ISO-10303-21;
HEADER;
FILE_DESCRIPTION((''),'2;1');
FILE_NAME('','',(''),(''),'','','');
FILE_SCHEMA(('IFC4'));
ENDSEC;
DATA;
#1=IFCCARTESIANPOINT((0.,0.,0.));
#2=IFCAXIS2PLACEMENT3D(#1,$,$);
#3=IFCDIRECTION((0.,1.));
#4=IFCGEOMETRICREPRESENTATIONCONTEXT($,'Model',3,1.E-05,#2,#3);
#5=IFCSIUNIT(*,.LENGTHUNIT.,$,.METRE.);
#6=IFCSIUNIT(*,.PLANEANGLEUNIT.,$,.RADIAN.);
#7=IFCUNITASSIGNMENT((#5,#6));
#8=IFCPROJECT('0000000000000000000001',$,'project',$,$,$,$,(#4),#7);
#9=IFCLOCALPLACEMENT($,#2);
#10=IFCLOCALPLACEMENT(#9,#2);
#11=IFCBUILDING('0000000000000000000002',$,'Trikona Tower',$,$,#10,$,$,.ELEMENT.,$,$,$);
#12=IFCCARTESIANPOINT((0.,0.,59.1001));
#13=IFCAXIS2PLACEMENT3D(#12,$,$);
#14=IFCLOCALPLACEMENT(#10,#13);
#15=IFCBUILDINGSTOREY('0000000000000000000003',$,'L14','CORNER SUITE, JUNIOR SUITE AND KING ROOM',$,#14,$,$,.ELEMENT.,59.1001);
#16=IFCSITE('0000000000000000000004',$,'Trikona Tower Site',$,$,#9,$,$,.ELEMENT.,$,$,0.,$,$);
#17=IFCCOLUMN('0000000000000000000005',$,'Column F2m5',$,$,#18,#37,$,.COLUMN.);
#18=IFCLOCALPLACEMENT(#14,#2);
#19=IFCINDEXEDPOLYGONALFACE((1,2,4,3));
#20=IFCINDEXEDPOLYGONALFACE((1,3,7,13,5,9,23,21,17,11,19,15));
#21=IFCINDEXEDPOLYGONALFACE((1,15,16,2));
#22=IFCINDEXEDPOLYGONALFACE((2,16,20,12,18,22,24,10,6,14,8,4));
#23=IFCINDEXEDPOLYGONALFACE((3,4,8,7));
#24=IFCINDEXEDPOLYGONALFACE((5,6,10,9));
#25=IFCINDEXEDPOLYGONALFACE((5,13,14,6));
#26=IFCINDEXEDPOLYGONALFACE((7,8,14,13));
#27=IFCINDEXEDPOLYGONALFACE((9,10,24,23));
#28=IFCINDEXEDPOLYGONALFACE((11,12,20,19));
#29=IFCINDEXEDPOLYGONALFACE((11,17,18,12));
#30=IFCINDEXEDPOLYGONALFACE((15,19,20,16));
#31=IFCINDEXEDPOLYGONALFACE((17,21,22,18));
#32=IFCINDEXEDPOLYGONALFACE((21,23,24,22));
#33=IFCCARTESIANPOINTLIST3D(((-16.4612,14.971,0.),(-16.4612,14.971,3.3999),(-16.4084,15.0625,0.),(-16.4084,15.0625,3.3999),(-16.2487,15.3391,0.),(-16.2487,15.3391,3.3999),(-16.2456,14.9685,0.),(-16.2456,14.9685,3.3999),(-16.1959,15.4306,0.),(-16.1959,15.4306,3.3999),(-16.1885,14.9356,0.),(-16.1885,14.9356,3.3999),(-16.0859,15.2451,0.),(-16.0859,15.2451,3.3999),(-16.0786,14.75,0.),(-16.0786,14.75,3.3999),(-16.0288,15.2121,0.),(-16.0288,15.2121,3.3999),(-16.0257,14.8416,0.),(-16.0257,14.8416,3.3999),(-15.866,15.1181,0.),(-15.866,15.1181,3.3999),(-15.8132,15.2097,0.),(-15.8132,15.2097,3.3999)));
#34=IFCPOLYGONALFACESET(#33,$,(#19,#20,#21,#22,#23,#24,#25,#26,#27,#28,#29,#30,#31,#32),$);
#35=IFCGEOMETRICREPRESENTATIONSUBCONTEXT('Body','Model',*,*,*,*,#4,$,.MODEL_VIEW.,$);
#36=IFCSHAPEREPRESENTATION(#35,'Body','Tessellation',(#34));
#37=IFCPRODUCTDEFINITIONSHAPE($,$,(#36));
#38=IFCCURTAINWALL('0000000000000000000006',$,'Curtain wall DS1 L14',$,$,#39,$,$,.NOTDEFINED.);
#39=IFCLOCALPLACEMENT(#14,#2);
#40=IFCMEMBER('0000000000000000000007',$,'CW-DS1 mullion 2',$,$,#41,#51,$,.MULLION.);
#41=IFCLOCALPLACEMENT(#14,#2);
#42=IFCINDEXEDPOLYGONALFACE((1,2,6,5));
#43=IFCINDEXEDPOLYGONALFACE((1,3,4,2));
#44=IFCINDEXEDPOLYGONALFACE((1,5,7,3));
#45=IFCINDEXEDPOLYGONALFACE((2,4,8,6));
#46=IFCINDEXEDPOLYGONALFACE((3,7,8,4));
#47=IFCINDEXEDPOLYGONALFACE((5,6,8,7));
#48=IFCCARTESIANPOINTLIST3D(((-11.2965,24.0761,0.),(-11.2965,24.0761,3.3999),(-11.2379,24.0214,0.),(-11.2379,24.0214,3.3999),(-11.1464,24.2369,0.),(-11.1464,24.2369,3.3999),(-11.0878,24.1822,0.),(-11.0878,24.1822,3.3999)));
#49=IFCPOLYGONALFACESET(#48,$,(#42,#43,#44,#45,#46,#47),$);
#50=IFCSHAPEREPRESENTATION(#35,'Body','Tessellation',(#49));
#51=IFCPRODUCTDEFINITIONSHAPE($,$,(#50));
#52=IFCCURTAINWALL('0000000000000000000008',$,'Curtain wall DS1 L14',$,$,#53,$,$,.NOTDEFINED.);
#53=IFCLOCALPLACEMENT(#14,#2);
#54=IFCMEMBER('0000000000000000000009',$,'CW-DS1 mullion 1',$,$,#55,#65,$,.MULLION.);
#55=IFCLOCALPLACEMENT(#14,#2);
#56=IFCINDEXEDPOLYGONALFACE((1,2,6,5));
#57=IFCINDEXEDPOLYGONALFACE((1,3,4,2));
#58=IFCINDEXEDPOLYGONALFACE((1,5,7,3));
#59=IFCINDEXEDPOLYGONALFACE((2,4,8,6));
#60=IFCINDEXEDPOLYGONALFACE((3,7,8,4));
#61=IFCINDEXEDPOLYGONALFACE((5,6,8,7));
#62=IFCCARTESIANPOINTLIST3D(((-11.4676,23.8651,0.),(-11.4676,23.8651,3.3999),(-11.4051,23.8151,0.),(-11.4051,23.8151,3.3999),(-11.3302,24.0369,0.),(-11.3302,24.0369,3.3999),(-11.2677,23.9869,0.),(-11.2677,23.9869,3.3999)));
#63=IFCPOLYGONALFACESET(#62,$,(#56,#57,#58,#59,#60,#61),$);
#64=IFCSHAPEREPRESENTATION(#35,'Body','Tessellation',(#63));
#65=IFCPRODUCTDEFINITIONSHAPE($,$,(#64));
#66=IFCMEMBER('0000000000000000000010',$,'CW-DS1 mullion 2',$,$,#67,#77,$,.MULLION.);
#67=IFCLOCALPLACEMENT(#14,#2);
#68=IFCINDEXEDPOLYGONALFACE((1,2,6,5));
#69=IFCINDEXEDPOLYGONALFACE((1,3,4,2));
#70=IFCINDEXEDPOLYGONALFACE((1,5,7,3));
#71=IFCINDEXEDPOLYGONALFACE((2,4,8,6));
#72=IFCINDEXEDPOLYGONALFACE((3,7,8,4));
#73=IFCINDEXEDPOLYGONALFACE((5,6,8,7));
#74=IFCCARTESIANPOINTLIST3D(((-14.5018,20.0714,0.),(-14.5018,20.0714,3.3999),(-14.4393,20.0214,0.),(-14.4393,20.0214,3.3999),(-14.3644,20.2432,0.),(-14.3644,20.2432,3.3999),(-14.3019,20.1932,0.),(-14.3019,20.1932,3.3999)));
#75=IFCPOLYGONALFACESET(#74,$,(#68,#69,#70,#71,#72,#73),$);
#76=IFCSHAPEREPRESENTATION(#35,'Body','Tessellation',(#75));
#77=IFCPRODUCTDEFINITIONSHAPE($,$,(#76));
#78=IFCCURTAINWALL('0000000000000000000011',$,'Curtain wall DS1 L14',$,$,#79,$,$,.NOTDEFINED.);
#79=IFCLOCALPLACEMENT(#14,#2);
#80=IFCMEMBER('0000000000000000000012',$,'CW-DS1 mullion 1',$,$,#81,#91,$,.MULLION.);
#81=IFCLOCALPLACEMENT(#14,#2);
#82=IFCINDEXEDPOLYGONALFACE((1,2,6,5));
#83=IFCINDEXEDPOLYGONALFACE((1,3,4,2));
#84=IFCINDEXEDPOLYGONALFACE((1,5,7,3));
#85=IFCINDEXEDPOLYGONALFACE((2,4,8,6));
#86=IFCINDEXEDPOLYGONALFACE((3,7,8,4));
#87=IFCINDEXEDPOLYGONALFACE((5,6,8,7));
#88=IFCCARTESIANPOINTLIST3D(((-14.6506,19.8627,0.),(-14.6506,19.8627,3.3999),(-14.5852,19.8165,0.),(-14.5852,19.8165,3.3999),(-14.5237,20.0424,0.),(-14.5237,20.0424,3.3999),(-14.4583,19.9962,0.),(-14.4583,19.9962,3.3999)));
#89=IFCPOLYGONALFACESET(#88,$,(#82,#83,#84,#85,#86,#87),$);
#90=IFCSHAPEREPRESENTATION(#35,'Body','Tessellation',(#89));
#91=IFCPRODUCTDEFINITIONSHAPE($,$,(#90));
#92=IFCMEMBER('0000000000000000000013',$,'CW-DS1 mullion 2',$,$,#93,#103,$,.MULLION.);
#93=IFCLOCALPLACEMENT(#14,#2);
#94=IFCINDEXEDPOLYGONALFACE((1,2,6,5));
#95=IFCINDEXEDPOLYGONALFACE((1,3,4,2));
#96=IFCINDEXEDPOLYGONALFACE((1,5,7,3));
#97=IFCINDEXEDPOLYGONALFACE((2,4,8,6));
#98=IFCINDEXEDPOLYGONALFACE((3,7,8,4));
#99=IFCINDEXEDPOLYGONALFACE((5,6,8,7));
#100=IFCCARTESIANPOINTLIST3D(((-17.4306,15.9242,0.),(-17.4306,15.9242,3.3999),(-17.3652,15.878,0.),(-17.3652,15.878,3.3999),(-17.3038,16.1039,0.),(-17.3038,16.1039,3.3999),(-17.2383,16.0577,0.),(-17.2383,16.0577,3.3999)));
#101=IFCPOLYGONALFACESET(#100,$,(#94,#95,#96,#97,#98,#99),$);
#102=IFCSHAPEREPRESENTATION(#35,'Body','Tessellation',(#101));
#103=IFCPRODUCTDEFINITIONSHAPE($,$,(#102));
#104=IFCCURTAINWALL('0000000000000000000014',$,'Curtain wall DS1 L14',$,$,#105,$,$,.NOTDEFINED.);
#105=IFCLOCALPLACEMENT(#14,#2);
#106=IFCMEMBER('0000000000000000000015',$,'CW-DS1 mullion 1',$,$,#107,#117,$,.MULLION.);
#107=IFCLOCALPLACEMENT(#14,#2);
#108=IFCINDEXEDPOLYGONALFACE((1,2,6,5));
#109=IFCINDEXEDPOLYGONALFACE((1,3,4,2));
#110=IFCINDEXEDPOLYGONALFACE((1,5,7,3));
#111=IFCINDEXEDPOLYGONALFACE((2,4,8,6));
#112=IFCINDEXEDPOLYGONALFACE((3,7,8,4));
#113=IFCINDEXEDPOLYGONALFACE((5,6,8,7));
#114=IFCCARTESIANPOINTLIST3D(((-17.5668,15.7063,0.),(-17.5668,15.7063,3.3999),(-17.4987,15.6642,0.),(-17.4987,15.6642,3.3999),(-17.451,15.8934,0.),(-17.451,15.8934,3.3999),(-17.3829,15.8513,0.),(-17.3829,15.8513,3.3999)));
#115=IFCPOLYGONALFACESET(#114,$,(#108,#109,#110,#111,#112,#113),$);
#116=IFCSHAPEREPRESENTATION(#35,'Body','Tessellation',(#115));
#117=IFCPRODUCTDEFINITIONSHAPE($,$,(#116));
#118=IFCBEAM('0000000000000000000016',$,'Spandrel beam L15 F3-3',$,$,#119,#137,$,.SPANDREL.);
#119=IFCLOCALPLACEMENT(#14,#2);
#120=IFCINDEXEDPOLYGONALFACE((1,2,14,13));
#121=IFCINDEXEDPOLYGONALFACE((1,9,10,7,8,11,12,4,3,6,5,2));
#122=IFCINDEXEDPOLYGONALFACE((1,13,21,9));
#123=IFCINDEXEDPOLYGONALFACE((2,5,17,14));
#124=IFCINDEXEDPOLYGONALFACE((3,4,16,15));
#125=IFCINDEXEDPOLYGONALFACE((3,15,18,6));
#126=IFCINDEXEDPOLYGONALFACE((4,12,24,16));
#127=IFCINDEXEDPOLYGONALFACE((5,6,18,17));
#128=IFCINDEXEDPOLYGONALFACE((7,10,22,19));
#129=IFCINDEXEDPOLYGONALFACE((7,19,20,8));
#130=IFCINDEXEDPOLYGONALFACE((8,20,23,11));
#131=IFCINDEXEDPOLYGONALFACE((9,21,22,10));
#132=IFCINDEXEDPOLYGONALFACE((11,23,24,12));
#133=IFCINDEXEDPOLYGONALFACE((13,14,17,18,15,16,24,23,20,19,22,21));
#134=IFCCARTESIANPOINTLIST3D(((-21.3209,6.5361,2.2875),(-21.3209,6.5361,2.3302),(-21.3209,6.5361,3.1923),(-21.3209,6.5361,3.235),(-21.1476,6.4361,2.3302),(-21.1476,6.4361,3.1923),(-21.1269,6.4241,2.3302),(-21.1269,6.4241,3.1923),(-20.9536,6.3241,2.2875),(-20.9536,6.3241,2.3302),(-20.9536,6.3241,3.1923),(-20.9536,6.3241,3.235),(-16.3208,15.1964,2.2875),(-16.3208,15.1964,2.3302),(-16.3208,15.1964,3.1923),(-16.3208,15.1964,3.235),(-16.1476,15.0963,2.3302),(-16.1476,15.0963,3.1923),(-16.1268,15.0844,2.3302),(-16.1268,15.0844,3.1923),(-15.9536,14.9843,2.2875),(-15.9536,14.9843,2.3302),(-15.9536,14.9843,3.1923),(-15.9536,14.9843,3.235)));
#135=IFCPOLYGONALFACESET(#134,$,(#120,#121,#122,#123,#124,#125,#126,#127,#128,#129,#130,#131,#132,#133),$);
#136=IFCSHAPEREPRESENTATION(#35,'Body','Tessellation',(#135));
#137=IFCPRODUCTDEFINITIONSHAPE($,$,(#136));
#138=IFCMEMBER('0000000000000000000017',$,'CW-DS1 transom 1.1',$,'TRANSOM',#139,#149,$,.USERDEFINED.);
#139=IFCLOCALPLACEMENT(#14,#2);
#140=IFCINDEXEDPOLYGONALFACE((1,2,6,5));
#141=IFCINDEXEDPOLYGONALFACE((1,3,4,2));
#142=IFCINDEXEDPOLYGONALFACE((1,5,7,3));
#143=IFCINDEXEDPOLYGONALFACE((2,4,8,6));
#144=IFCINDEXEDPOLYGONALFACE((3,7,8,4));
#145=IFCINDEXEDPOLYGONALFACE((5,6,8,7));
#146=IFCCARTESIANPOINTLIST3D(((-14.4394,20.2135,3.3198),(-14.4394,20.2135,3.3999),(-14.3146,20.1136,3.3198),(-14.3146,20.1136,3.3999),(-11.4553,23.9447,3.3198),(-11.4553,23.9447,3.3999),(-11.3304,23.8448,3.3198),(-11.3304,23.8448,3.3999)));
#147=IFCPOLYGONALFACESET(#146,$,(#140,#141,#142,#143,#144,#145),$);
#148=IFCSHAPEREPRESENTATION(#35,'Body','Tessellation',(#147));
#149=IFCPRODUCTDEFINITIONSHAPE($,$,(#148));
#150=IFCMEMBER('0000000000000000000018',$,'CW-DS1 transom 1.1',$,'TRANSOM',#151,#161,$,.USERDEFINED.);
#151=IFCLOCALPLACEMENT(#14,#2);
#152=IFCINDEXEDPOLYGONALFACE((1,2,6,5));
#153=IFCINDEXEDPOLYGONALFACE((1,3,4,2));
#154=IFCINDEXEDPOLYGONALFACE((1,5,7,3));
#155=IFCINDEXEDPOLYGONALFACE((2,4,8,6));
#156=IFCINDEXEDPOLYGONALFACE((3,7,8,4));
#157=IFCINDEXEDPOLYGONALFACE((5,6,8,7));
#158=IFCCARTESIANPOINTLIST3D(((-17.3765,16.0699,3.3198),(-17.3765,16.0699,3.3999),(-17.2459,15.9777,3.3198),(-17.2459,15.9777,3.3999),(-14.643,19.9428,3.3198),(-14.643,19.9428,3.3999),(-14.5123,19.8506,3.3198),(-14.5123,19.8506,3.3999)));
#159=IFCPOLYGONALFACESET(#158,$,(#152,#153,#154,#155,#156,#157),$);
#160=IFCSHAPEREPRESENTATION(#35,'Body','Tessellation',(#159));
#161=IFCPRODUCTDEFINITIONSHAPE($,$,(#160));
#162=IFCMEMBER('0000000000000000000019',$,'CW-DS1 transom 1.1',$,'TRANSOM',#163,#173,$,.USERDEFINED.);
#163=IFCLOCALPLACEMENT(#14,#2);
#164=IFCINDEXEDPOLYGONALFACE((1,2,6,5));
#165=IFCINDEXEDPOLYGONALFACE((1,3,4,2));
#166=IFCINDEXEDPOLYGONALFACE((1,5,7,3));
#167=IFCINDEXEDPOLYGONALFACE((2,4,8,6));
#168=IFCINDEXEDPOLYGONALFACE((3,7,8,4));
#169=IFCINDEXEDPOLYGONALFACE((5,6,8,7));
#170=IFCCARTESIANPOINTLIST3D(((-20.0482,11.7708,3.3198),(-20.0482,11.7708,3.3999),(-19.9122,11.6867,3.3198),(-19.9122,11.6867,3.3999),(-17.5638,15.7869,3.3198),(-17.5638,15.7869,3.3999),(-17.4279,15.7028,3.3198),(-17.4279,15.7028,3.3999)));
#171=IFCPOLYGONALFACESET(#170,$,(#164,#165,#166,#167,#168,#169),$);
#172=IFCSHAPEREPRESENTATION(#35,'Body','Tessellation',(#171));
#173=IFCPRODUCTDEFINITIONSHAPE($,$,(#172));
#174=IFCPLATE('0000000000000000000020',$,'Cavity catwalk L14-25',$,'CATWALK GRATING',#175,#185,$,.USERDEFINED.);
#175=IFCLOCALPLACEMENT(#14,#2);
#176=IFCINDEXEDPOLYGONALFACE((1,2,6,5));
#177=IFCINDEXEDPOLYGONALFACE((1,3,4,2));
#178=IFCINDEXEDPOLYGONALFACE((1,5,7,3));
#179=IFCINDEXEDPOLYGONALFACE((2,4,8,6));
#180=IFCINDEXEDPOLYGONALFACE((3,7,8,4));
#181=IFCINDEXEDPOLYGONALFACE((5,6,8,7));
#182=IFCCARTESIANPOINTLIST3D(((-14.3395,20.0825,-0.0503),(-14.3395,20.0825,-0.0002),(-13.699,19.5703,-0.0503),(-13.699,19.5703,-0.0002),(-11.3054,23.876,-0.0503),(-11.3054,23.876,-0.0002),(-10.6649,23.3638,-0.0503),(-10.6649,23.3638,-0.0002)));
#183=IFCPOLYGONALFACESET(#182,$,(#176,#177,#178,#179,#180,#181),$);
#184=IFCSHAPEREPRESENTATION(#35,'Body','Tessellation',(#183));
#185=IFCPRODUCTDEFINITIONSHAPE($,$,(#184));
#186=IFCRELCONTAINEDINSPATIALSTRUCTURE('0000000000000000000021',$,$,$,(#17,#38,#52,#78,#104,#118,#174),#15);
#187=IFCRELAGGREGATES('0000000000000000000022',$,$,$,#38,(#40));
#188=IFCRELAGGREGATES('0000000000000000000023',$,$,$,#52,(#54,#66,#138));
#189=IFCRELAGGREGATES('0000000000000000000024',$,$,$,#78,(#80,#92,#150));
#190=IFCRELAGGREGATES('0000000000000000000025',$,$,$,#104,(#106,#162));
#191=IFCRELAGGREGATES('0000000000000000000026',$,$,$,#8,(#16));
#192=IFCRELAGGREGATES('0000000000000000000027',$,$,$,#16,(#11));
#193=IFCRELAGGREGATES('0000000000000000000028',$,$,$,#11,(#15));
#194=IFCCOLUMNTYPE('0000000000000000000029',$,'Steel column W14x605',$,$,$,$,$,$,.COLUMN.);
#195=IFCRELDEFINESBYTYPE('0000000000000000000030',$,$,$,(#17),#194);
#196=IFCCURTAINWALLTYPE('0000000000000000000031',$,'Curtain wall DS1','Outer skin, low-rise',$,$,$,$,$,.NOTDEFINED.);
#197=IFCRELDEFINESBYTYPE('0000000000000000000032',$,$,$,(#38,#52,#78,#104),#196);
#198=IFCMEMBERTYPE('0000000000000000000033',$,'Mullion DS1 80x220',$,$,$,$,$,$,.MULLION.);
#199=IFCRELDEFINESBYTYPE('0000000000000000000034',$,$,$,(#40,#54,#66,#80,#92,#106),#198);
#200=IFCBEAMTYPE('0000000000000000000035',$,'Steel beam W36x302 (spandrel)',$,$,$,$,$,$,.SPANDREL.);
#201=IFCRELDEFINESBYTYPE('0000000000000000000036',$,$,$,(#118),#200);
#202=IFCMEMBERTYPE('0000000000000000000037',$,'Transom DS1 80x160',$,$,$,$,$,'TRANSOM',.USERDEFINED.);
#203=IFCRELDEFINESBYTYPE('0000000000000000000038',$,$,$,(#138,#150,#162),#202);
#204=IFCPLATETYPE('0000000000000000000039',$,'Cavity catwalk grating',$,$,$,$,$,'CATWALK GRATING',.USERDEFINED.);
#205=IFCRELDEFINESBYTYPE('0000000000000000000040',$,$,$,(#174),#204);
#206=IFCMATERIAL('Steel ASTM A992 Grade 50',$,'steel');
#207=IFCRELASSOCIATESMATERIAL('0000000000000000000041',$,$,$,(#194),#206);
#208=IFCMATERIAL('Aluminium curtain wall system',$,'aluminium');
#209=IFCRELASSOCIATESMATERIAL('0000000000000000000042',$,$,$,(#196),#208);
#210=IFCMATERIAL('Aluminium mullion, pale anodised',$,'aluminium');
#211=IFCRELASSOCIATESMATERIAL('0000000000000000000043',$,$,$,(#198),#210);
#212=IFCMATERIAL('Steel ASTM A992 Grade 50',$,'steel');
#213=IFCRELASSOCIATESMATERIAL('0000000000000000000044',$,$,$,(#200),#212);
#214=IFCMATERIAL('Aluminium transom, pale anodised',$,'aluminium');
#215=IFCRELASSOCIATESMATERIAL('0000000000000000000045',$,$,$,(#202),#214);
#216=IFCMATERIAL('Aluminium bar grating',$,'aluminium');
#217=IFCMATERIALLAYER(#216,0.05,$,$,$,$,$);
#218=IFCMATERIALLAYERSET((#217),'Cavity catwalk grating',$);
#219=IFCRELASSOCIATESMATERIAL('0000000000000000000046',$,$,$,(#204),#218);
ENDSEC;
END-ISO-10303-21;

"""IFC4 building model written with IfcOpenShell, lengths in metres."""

from ifc_helpers import new_model, si_unit, direction, frame, origin, origin_2d, place, context, subcontext, project, spatial, rectangle, i_section, extrude, material, layer, layer_set, material_profile, profile_set, type_object, element, aggregate, save


model = new_model("IFC4")

# Units and contexts
model_context = context("Model", 3, precision=1e-05, world=origin(), true_north=direction((0.0, 1.0)))
body_context = subcontext(model_context, "Body", "Model", "MODEL_VIEW")
ifc_project = project(units=[si_unit("LENGTHUNIT", "METRE"), si_unit("PLANEANGLEUNIT", "RADIAN")], contexts=[model_context])

# Site, building, storey
site_placement = place(None, origin())
site = spatial("IfcSite", under=ifc_project, at=site_placement, Name="Trikona Tower Site", CompositionType="ELEMENT", RefElevation=0.0)
building_placement = place(site_placement, origin())
building = spatial("IfcBuilding", under=site, at=building_placement, Name="Trikona Tower", CompositionType="ELEMENT")
storey_placement = place(building_placement, frame((0.0, 0.0, 59.1001)))
storey = spatial("IfcBuildingStorey", under=building, at=storey_placement, Name="L14", Description="CORNER SUITE, JUNIOR SUITE AND KING ROOM", CompositionType="ELEMENT", Elevation=59.1001)

# Column
ifc_material_1 = material(Name="Steel ASTM A992 Grade 50", Category="steel")
ifc_material_profile_1 = material_profile(ifc_material_1, i_section(OverallWidth=0.4419, OverallDepth=0.5308, WebThickness=0.0659, FlangeThickness=0.1057, at=origin_2d()), Name="W14X605")
ifc_profile_set_1 = profile_set([ifc_material_profile_1], Name="Steel ASTM A992 Grade 50")
column_type = type_object("IfcColumnType", Name="Steel column W14x605", PredefinedType="COLUMN", material=ifc_profile_set_1)
column_placement = place(storey_placement, frame((-16.1372, 15.0903, 0.0), z_axis=(0.0, 0.0, 1.0), x_axis=(-0.866025, 0.5, 0.0)))
element("IfcColumn", 1, at=column_placement, inside=storey, type_object=column_type, Name="Column F2m5", PredefinedType="COLUMN", context=body_context, shape_type="SweptSolid", body=[
    extrude(i_section(OverallWidth=0.4419, OverallDepth=0.5308, WebThickness=0.0659, FlangeThickness=0.1057, at=origin_2d()), origin(), (0.0, 0.0, 1.0), 3.3999),
])

# Curtain wall, member
ifc_material_2 = material(Name="Aluminium curtain wall system", Category="aluminium")
curtain_wall_type = type_object("IfcCurtainWallType", Name="Curtain wall DS1", Description="Outer skin, low-rise", PredefinedType="NOTDEFINED", material=ifc_material_2)
curtain_wall_1_placement = place(storey_placement, origin())
curtain_wall_1 = element("IfcCurtainWall", 2, at=curtain_wall_1_placement, inside=storey, type_object=curtain_wall_type, Name="Curtain wall DS1 L14", PredefinedType="NOTDEFINED")
ifc_material_3 = material(Name="Aluminium mullion, pale anodised", Category="aluminium")
ifc_material_profile_2 = material_profile(ifc_material_3, rectangle(XDim=0.0801, YDim=0.22, at=origin_2d()), Name="MUL-DS1")
ifc_profile_set_2 = profile_set([ifc_material_profile_2], Name="Aluminium mullion, pale anodised")
member_type_1 = type_object("IfcMemberType", Name="Mullion DS1 80x220", PredefinedType="MULLION", material=ifc_profile_set_2)
member_1_placement = place(storey_placement, frame((-11.1921, 24.1292, 0.0), z_axis=(0.0, 0.0, 1.0), x_axis=(0.731077, -0.682295, 0.0)))
member_1 = element("IfcMember", 3, at=member_1_placement, type_object=member_type_1, Name="CW-DS1 mullion 2", PredefinedType="MULLION", context=body_context, shape_type="SweptSolid", body=[
    extrude(rectangle(XDim=0.0801, YDim=0.22, at=origin_2d()), origin(), (0.0, 0.0, 1.0), 3.3999),
])
aggregate(curtain_wall_1, [member_1])

# Curtain walls, members
curtain_wall_2_placement = place(storey_placement, origin())
curtain_wall_2 = element("IfcCurtainWall", 4, at=curtain_wall_2_placement, inside=storey, type_object=curtain_wall_type, Name="Curtain wall DS1 L14", PredefinedType="NOTDEFINED")
member_2_placement = place(storey_placement, frame((-11.3677, 23.926, 0.0), z_axis=(0.0, 0.0, 1.0), x_axis=(0.780938, -0.624609, 0.0)))
member_2 = element("IfcMember", 5, at=member_2_placement, type_object=member_type_1, Name="CW-DS1 mullion 1", PredefinedType="MULLION", context=body_context, shape_type="SweptSolid", body=[
    extrude(rectangle(XDim=0.0801, YDim=0.22, at=origin_2d()), origin(), (0.0, 0.0, 1.0), 3.3999),
])
member_3_placement = place(storey_placement, frame((-14.4019, 20.1323, 0.0), z_axis=(0.0, 0.0, 1.0), x_axis=(0.780938, -0.624609, 0.0)))
member_3 = element("IfcMember", 6, at=member_3_placement, type_object=member_type_1, Name="CW-DS1 mullion 2", PredefinedType="MULLION", context=body_context, shape_type="SweptSolid", body=[
    extrude(rectangle(XDim=0.0801, YDim=0.22, at=origin_2d()), origin(), (0.0, 0.0, 1.0), 3.3999),
])
curtain_wall_3_placement = place(storey_placement, origin())
curtain_wall_3 = element("IfcCurtainWall", 7, at=curtain_wall_3_placement, inside=storey, type_object=curtain_wall_type, Name="Curtain wall DS1 L14", PredefinedType="NOTDEFINED")
member_4_placement = place(storey_placement, frame((-14.5544, 19.9294, 0.0), z_axis=(0.0, 0.0, 1.0), x_axis=(0.816985, -0.576658, 0.0)))
member_4 = element("IfcMember", 8, at=member_4_placement, type_object=member_type_1, Name="CW-DS1 mullion 1", PredefinedType="MULLION", context=body_context, shape_type="SweptSolid", body=[
    extrude(rectangle(XDim=0.0801, YDim=0.22, at=origin_2d()), origin(), (0.0, 0.0, 1.0), 3.3999),
])
member_5_placement = place(storey_placement, frame((-17.3345, 15.991, 0.0), z_axis=(0.0, 0.0, 1.0), x_axis=(0.816985, -0.576658, 0.0)))
member_5 = element("IfcMember", 9, at=member_5_placement, type_object=member_type_1, Name="CW-DS1 mullion 2", PredefinedType="MULLION", context=body_context, shape_type="SweptSolid", body=[
    extrude(rectangle(XDim=0.0801, YDim=0.22, at=origin_2d()), origin(), (0.0, 0.0, 1.0), 3.3999),
])

# Curtain wall, member
curtain_wall_4_placement = place(storey_placement, origin())
curtain_wall_4 = element("IfcCurtainWall", 10, at=curtain_wall_4_placement, inside=storey, type_object=curtain_wall_type, Name="Curtain wall DS1 L14", PredefinedType="NOTDEFINED")
member_6_placement = place(storey_placement, frame((-17.4749, 15.7788, 0.0), z_axis=(0.0, 0.0, 1.0), x_axis=(0.85041, -0.52612, 0.0)))
member_6 = element("IfcMember", 11, at=member_6_placement, type_object=member_type_1, Name="CW-DS1 mullion 1", PredefinedType="MULLION", context=body_context, shape_type="SweptSolid", body=[
    extrude(rectangle(XDim=0.0801, YDim=0.22, at=origin_2d()), origin(), (0.0, 0.0, 1.0), 3.3999),
])

# Beam
ifc_material_4 = material(Name="Steel ASTM A992 Grade 50", Category="steel")
ifc_material_profile_3 = material_profile(ifc_material_4, i_section(OverallWidth=0.4241, OverallDepth=0.9475, WebThickness=0.0239, FlangeThickness=0.0427, at=origin_2d()), Name="W36X302")
ifc_profile_set_3 = profile_set([ifc_material_profile_3], Name="Steel ASTM A992 Grade 50")
beam_type = type_object("IfcBeamType", Name="Steel beam W36x302 (spandrel)", PredefinedType="SPANDREL", material=ifc_profile_set_3)
beam_placement = place(storey_placement, frame((-16.1372, 15.0903, 2.7612), z_axis=(-0.500004, -0.866023, 0.0), x_axis=(0.866023, -0.500004, 0.0)))
element("IfcBeam", 12, at=beam_placement, inside=storey, type_object=beam_type, Name="Spandrel beam L15 F3-3", PredefinedType="SPANDREL", context=body_context, shape_type="SweptSolid", body=[
    extrude(i_section(OverallWidth=0.4241, OverallDepth=0.9475, WebThickness=0.0239, FlangeThickness=0.0427, at=origin_2d()), origin(), (0.0, 0.0, 1.0), 10.0),
])

# Members
ifc_material_5 = material(Name="Aluminium transom, pale anodised", Category="aluminium")
ifc_material_profile_4 = material_profile(ifc_material_5, rectangle(XDim=0.1599, YDim=0.0801, at=origin_2d()), Name="TRN-DS1")
ifc_profile_set_4 = profile_set([ifc_material_profile_4], Name="Aluminium transom, pale anodised")
member_type_2 = type_object("IfcMemberType", Name="Transom DS1 80x160", ElementType="TRANSOM", PredefinedType="USERDEFINED", material=ifc_profile_set_4)
member_7_placement = place(storey_placement, frame((-11.3928, 23.8948, 3.3599), z_axis=(-0.624589, -0.780954, 0.0), x_axis=(0.780954, -0.624589, 0.0)))
member_7 = element("IfcMember", 13, at=member_7_placement, type_object=member_type_2, Name="CW-DS1 transom 1.1", ObjectType="TRANSOM", PredefinedType="USERDEFINED", context=body_context, shape_type="SweptSolid", body=[
    extrude(rectangle(XDim=0.1599, YDim=0.0801, at=origin_2d()), origin(), (0.0, 0.0, 1.0), 4.7778),
])
member_8_placement = place(storey_placement, frame((-14.5776, 19.8967, 3.3599), z_axis=(-0.576645, -0.816995, 0.0), x_axis=(0.816995, -0.576645, 0.0)))
member_8 = element("IfcMember", 14, at=member_8_placement, type_object=member_type_2, Name="CW-DS1 transom 1.1", ObjectType="TRANSOM", PredefinedType="USERDEFINED", context=body_context, shape_type="SweptSolid", body=[
    extrude(rectangle(XDim=0.1599, YDim=0.0801, at=origin_2d()), origin(), (0.0, 0.0, 1.0), 4.7405),
])
member_9_placement = place(storey_placement, frame((-17.4958, 15.7449, 3.3599), z_axis=(-0.526081, -0.850435, 0.0), x_axis=(0.850435, -0.526081, 0.0)))
member_9 = element("IfcMember", 15, at=member_9_placement, type_object=member_type_2, Name="CW-DS1 transom 1.1", ObjectType="TRANSOM", PredefinedType="USERDEFINED", context=body_context, shape_type="SweptSolid", body=[
    extrude(rectangle(XDim=0.1599, YDim=0.0801, at=origin_2d()), origin(), (0.0, 0.0, 1.0), 4.7224),
])

# Plate
ifc_material_6 = material(Name="Aluminium bar grating", Category="aluminium")
ifc_layer_1 = layer(ifc_material_6, 0.05)
ifc_layer_set_1 = layer_set([ifc_layer_1], Name="Cavity catwalk grating")
plate_type_1 = type_object("IfcPlateType", Name="Cavity catwalk grating", ElementType="CATWALK GRATING", PredefinedType="USERDEFINED", material=ifc_layer_set_1)
plate_1_placement = place(storey_placement, frame((-12.5022, 21.7231, -0.0503), z_axis=(0.0, 0.0, 1.0), x_axis=(-0.624604, -0.780942, 0.0)))
element("IfcPlate", 16, at=plate_1_placement, inside=storey, type_object=plate_type_1, Name="Cavity catwalk L14-25", ObjectType="CATWALK GRATING", PredefinedType="USERDEFINED", context=body_context, shape_type="SweptSolid", body=[
    extrude(rectangle(XDim=4.8577, YDim=0.8201, at=origin_2d()), origin(), (0.0, 0.0, 1.0), 0.05),
])

aggregate(curtain_wall_2, [member_2, member_3, member_7])
aggregate(curtain_wall_3, [member_4, member_5, member_8])
aggregate(curtain_wall_4, [member_6, member_9])

save(model, "model.ifc")
